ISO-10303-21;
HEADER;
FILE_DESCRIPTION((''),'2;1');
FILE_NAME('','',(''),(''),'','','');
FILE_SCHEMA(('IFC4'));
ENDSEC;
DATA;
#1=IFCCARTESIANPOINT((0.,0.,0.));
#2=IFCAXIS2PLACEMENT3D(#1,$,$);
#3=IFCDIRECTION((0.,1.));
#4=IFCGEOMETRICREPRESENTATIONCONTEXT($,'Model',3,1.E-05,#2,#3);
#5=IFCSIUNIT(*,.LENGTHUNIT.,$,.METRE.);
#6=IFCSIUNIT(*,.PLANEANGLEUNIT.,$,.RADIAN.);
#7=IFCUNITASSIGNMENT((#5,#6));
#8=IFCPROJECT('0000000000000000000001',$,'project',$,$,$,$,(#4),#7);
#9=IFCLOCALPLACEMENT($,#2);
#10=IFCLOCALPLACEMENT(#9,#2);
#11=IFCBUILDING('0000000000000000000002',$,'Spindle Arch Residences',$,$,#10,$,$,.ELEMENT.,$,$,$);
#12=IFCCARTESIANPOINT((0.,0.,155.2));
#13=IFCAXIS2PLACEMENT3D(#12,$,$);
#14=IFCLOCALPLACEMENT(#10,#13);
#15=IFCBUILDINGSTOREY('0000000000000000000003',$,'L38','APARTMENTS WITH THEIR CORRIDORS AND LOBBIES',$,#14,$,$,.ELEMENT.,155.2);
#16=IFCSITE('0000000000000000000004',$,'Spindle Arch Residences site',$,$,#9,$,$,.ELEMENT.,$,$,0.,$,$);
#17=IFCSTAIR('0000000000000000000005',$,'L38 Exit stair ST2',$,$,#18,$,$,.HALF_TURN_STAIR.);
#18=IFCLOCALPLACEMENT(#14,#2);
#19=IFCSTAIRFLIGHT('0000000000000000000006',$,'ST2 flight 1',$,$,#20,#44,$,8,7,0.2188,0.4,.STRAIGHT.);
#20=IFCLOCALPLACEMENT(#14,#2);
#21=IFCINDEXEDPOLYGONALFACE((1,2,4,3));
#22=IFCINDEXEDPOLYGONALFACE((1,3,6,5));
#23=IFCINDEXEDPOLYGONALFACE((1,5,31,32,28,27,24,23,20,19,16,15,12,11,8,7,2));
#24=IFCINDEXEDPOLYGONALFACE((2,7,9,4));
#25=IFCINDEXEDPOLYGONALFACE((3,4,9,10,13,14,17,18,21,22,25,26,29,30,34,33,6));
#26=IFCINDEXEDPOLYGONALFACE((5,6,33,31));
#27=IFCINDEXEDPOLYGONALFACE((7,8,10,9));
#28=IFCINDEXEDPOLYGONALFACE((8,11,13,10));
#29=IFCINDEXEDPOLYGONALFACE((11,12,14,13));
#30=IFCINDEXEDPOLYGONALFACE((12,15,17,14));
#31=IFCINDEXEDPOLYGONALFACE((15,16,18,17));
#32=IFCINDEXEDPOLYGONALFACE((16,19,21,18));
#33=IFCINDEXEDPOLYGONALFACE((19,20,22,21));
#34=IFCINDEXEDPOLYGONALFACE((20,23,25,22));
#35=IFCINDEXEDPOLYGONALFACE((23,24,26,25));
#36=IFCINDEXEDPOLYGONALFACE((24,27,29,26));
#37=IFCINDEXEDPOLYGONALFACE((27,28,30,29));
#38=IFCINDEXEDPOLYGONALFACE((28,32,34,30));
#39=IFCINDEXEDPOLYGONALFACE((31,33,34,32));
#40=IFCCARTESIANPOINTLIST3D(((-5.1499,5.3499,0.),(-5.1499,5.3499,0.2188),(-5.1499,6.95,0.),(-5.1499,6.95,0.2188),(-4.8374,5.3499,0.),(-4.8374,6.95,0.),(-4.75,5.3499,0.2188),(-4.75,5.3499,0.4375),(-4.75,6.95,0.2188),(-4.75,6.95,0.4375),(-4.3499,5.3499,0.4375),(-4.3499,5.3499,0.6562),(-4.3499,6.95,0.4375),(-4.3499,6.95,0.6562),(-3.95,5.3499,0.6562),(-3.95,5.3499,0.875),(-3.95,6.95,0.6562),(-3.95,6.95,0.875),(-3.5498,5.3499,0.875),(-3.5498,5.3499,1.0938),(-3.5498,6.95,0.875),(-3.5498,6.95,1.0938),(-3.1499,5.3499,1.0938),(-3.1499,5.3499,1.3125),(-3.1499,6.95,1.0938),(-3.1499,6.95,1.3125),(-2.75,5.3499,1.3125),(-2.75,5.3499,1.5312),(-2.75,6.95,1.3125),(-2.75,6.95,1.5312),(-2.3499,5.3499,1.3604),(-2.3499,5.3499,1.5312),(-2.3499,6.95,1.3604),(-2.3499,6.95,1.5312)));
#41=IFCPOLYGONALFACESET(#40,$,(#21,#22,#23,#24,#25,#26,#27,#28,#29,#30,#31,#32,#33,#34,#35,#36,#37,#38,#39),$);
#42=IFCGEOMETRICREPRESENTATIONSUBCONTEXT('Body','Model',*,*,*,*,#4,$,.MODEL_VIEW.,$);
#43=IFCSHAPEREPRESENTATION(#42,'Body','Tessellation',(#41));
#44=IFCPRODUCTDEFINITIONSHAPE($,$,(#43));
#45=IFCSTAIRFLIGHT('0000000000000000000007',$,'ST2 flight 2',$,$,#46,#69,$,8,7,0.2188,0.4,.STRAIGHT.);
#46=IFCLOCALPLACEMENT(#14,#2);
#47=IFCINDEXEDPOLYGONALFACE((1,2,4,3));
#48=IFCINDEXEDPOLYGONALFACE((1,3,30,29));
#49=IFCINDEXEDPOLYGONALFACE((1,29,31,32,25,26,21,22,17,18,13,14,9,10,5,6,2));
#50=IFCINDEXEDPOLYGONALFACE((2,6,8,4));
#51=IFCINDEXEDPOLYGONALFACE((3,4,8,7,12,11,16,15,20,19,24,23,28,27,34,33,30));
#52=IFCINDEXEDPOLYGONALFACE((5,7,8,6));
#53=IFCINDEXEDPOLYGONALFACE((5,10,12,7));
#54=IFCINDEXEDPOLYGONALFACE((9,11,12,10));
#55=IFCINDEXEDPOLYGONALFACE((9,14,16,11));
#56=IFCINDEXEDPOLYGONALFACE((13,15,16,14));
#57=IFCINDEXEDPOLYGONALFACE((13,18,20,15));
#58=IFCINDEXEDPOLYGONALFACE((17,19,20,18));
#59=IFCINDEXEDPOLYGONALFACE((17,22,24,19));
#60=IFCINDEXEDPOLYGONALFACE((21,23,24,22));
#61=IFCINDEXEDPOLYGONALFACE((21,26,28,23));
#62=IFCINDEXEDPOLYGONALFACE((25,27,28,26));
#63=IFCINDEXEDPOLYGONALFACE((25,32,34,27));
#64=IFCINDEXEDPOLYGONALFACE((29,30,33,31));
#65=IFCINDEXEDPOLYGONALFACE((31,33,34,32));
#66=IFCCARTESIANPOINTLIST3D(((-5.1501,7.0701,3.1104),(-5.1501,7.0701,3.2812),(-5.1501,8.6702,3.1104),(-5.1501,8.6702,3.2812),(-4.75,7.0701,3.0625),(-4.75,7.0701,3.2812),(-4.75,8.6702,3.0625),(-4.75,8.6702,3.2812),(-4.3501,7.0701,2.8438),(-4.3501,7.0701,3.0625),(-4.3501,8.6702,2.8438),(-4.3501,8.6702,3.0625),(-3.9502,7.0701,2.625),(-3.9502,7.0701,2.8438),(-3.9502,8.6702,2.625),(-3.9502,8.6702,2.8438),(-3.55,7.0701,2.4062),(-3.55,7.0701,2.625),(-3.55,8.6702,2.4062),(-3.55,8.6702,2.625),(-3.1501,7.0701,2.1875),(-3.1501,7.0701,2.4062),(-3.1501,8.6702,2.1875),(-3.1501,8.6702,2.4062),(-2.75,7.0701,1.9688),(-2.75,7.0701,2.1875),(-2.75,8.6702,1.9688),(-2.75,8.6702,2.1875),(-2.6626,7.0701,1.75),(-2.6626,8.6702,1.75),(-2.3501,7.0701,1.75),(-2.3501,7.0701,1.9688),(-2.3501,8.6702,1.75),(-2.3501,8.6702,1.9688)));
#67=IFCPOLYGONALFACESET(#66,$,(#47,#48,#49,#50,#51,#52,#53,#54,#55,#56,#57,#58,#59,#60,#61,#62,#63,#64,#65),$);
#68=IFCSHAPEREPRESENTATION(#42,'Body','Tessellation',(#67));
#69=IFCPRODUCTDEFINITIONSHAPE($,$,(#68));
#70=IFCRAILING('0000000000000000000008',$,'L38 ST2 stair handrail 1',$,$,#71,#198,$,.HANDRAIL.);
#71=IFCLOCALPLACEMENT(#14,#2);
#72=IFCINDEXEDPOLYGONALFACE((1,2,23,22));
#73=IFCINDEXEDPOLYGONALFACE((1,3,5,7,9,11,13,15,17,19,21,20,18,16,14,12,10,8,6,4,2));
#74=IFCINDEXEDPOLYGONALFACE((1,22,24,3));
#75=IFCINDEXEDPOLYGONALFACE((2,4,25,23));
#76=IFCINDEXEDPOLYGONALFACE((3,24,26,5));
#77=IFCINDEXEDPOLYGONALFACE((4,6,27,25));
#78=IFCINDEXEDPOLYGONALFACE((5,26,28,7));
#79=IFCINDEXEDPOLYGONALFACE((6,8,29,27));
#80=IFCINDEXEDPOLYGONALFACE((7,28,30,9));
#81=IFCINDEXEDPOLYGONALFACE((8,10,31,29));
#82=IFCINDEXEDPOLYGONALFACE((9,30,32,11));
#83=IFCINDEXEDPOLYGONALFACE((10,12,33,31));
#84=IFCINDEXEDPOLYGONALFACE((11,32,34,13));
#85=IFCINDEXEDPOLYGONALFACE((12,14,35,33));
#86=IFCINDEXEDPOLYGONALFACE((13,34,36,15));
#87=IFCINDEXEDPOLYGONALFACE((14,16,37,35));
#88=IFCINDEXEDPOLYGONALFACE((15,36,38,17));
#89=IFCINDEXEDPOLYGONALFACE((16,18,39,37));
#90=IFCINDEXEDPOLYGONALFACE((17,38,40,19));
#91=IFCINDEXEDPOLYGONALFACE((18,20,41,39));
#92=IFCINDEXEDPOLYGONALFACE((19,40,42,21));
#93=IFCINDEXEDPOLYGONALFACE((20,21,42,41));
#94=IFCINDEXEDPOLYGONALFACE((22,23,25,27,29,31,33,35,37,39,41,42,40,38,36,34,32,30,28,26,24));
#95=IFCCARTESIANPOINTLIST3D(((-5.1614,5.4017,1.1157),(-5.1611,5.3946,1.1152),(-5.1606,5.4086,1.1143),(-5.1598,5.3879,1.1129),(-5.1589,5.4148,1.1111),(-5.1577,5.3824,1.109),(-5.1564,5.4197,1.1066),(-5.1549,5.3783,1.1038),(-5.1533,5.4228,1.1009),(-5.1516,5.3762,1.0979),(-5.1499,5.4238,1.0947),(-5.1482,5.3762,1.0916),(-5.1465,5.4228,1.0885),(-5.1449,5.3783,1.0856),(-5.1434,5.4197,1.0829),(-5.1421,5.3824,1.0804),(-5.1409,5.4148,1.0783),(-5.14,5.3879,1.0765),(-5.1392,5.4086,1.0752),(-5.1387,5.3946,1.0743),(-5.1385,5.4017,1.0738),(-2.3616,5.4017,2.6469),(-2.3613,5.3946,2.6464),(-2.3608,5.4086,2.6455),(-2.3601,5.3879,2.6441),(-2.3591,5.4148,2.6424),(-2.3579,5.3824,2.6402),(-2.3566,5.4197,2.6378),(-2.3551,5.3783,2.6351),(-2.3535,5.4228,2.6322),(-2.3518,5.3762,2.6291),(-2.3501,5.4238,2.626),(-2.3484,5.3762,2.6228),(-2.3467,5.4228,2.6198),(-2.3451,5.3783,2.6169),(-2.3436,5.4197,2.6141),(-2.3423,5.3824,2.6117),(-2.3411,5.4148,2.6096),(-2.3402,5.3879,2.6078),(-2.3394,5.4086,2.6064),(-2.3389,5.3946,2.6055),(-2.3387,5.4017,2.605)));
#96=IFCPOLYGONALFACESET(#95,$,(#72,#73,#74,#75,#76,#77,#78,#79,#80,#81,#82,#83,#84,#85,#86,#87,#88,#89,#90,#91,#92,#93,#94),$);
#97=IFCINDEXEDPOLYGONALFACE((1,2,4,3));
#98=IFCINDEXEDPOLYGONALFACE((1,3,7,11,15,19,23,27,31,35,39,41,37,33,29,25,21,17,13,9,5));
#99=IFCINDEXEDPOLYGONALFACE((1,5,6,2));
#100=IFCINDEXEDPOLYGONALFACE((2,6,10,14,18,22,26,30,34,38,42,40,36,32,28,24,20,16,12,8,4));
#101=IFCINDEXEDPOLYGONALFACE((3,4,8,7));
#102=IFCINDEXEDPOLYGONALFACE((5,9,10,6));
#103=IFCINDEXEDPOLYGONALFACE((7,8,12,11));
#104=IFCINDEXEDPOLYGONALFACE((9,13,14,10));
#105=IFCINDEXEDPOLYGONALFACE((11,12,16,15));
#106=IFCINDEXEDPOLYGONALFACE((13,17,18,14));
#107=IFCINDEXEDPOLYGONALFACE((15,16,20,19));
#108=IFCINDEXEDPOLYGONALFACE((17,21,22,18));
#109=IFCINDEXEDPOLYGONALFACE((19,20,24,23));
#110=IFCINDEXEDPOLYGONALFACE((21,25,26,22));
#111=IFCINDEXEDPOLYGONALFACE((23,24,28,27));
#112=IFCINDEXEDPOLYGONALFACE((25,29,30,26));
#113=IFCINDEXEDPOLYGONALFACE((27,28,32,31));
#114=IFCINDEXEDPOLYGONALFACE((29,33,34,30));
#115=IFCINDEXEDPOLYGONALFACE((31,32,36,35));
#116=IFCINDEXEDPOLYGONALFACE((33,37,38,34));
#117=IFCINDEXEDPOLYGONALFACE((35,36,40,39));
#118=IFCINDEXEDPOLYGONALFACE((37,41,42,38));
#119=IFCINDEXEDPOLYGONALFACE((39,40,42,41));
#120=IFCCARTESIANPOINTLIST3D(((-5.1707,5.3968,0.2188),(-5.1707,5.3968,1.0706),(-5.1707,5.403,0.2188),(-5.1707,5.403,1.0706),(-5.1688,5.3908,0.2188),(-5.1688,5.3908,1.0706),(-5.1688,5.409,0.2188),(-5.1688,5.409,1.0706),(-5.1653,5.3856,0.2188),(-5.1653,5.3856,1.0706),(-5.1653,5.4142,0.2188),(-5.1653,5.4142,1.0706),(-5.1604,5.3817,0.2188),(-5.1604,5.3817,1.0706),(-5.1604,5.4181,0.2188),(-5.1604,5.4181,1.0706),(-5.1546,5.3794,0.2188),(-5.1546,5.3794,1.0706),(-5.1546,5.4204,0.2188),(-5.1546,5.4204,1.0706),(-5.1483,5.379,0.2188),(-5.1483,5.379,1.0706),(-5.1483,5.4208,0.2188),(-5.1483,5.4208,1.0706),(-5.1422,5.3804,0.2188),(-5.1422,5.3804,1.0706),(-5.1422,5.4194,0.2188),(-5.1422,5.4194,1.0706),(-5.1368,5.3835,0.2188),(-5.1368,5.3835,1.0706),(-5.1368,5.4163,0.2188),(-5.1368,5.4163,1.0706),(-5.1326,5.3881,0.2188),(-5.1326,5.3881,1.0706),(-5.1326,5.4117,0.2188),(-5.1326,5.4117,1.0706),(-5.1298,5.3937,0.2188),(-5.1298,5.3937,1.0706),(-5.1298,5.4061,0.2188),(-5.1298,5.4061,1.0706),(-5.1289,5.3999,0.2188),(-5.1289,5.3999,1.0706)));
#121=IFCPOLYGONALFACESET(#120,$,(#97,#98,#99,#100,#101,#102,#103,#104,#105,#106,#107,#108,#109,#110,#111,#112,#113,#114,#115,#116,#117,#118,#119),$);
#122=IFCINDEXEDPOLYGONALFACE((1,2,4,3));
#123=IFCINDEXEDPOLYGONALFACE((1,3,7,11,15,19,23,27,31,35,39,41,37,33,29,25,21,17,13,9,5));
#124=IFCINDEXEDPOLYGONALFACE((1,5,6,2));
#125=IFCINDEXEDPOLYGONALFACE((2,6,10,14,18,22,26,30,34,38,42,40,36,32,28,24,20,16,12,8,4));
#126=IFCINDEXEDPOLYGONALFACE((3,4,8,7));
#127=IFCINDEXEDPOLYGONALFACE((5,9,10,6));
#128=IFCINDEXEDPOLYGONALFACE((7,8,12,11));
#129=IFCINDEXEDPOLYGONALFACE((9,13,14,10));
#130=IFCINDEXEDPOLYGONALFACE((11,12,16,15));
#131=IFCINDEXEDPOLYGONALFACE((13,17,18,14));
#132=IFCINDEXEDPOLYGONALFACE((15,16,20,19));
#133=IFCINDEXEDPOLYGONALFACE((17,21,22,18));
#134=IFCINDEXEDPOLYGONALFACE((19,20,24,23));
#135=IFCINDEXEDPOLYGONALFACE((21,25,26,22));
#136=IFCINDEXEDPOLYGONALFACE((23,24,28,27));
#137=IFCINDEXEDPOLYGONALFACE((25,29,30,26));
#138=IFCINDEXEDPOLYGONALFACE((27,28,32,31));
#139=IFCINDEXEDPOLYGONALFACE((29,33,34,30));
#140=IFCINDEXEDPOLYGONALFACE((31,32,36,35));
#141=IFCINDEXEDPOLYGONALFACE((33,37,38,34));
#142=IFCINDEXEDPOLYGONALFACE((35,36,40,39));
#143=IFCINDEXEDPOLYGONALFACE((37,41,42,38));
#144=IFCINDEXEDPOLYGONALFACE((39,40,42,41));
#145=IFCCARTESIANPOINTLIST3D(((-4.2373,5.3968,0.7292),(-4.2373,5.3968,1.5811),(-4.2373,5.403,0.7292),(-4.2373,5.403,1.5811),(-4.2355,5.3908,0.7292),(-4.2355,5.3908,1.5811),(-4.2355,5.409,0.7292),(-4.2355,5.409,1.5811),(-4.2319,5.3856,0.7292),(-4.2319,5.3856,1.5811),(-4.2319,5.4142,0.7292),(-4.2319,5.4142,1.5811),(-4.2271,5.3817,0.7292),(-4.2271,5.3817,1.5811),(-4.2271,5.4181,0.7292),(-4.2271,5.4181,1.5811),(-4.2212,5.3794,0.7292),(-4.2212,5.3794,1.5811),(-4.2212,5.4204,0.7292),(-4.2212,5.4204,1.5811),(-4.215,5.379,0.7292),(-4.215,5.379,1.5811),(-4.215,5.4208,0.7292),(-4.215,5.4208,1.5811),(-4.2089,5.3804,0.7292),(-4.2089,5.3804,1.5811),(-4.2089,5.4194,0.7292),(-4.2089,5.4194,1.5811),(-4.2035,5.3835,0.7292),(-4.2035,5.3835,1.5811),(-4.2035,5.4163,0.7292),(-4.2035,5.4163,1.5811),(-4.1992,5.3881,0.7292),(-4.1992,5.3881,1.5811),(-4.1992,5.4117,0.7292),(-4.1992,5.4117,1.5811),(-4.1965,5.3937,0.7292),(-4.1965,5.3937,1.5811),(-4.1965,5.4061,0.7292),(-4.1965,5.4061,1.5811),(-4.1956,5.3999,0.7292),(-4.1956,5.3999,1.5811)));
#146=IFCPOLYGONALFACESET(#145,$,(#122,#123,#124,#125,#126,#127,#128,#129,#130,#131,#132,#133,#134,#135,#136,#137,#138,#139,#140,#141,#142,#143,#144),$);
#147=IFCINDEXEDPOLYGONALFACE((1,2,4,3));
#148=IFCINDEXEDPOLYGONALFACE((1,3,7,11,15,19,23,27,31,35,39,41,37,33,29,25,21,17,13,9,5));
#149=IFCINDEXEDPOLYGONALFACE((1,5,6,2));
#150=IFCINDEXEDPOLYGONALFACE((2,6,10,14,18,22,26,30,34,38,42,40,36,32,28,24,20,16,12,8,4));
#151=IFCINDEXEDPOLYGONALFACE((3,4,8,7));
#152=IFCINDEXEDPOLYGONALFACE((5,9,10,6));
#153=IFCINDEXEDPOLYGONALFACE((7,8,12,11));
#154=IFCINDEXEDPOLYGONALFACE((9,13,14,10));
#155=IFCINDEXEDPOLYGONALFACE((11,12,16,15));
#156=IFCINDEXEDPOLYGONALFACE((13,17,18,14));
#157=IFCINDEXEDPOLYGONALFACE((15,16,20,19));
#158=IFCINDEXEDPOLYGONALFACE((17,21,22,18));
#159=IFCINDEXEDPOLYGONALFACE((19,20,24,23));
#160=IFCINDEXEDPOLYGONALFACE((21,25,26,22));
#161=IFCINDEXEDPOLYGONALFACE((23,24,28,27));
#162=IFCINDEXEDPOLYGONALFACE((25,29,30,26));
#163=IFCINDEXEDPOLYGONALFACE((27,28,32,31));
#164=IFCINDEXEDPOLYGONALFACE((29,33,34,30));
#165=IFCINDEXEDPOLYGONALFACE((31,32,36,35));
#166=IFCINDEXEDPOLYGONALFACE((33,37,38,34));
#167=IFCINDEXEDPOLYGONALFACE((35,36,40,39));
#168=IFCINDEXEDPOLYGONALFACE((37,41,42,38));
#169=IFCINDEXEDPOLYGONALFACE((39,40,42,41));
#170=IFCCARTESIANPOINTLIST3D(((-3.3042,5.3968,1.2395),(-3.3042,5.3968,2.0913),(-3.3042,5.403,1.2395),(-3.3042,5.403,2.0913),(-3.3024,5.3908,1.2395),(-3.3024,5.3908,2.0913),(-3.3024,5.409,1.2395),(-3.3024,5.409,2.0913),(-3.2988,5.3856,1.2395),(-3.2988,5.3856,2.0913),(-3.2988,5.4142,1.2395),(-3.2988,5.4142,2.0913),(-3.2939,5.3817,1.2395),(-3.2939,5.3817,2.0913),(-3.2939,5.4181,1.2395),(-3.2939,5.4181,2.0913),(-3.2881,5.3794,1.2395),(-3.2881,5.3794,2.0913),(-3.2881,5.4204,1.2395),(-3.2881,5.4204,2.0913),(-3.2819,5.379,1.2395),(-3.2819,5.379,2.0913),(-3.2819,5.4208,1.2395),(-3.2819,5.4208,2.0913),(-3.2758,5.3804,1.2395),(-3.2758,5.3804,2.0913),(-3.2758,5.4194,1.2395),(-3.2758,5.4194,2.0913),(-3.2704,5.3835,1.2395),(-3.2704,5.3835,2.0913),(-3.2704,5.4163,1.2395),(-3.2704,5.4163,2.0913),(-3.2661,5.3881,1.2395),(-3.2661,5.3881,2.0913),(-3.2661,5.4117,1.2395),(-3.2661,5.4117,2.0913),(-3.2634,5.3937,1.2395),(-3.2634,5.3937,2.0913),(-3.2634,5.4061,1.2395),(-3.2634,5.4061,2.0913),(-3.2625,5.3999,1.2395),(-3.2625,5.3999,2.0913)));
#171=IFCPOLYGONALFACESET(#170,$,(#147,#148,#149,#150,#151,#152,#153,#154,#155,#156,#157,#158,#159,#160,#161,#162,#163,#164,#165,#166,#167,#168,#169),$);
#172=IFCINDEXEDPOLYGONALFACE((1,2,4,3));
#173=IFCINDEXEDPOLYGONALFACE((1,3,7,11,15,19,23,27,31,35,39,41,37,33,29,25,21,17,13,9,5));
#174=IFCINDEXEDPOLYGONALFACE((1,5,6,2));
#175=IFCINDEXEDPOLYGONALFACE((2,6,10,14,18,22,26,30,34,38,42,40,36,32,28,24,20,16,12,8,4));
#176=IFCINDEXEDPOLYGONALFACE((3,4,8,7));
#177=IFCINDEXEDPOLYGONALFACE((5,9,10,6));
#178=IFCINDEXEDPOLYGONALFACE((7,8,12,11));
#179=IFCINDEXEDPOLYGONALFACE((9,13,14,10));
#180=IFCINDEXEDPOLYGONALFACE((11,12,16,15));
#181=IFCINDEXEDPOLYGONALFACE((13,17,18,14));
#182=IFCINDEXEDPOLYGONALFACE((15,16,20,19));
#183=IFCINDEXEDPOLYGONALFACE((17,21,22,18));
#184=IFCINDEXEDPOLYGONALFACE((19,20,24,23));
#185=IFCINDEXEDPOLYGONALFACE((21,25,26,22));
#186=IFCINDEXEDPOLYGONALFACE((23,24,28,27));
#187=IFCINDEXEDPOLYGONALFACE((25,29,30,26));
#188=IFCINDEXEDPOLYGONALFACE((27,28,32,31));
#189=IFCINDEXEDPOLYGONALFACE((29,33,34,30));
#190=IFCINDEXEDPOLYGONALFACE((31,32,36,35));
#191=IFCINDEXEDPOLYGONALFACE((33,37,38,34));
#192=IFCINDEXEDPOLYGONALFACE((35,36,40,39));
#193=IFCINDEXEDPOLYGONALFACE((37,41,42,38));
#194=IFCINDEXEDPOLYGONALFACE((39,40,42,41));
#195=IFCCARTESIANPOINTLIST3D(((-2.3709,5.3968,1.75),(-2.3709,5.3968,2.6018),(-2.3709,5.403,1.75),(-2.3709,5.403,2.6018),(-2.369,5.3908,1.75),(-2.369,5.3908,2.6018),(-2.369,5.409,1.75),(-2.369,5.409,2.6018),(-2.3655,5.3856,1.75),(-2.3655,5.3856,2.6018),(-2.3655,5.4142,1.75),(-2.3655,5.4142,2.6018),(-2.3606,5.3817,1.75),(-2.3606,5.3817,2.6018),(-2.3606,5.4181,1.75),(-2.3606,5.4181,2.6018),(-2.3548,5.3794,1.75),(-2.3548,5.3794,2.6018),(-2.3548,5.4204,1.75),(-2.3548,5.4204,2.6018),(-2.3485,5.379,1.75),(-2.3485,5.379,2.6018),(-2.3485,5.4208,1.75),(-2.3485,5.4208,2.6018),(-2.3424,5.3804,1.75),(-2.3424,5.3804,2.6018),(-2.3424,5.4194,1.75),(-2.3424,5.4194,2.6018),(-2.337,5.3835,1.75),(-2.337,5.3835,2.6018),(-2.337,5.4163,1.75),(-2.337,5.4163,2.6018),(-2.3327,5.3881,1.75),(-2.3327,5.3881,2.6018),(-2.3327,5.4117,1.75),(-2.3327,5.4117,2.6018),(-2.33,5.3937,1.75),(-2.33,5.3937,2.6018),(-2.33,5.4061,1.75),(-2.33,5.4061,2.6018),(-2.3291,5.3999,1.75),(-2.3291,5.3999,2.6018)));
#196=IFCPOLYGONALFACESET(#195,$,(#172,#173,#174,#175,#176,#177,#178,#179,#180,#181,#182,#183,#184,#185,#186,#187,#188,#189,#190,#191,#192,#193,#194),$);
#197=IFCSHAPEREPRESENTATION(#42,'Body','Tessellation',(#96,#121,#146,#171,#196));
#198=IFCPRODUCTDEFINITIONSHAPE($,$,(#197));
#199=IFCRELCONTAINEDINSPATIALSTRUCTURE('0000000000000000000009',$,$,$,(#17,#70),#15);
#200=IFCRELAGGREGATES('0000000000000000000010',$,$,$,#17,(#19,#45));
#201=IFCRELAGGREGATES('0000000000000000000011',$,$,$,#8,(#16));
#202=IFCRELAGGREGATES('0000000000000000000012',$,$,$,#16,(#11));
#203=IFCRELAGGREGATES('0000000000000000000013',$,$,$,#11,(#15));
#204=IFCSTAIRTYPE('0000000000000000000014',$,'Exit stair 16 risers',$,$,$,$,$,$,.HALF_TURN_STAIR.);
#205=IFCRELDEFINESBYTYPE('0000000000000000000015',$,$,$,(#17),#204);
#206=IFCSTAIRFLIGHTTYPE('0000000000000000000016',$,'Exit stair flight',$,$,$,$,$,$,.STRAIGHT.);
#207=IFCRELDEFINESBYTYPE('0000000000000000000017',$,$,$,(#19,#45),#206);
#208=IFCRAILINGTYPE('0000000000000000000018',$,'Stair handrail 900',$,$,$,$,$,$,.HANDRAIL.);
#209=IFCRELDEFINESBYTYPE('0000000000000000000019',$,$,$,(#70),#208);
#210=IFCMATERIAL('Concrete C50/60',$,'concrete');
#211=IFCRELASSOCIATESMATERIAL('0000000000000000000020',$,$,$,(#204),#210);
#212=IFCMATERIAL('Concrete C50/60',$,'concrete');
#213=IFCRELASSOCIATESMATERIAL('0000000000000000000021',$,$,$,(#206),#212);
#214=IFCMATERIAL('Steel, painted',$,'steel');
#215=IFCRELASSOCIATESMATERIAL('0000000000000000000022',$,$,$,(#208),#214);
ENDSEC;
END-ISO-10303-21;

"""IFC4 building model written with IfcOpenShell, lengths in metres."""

from ifc_helpers import new_model, si_unit, direction, frame, origin, origin_2d, place, context, subcontext, project, spatial, polyline, circle, outline, extrude, material, type_object, element, aggregate, save


model = new_model("IFC4")

# Units and contexts
model_context = context("Model", 3, precision=1e-05, world=origin(), true_north=direction((0.0, 1.0)))
body_context = subcontext(model_context, "Body", "Model", "MODEL_VIEW")
ifc_project = project(units=[si_unit("LENGTHUNIT", "METRE"), si_unit("PLANEANGLEUNIT", "RADIAN")], contexts=[model_context])

# Site, building, storey
site_placement = place(None, origin())
site = spatial("IfcSite", under=ifc_project, at=site_placement, Name="Spindle Arch Residences site", CompositionType="ELEMENT", RefElevation=0.0)
building_placement = place(site_placement, origin())
building = spatial("IfcBuilding", under=site, at=building_placement, Name="Spindle Arch Residences", CompositionType="ELEMENT")
storey_placement = place(building_placement, frame((0.0, 0.0, 155.2)))
storey = spatial("IfcBuildingStorey", under=building, at=storey_placement, Name="L38", Description="APARTMENTS WITH THEIR CORRIDORS AND LOBBIES", CompositionType="ELEMENT", Elevation=155.2)

# Stair, stair flights
ifc_material_1 = material(Name="Concrete C50/60", Category="concrete")
stair_type = type_object("IfcStairType", Name="Exit stair 16 risers", PredefinedType="HALF_TURN_STAIR", material=ifc_material_1)
stair_placement = place(storey_placement, origin())
stair = element("IfcStair", 1, at=stair_placement, inside=storey, type_object=stair_type, Name="L38 Exit stair ST2", PredefinedType="HALF_TURN_STAIR")
ifc_material_2 = material(Name="Concrete C50/60", Category="concrete")
stair_flight_type = type_object("IfcStairFlightType", Name="Exit stair flight", PredefinedType="STRAIGHT", material=ifc_material_2)
stair_flight_1_placement = place(storey_placement, frame((-5.1499, 6.1499, 0.0), z_axis=(0.0, 0.0, 1.0), x_axis=(1.0, 0.0, 0.0)))
stair_flight_1 = element("IfcStairFlight", 2, at=stair_flight_1_placement, type_object=stair_flight_type, Name="ST2 flight 1", NumberOfRisers=8, NumberOfTreads=7, PredefinedType="STRAIGHT", RiserHeight=0.2188, TreadLength=0.4, context=body_context, shape_type="SweptSolid", body=[
    extrude(outline(polyline([(0.0, 0.0), (0.0, 0.2188), (0.3999, 0.2188), (0.3999, 0.4375), (0.8, 0.4375), (0.8, 0.6562), (1.2, 0.6562), (1.2, 0.875), (1.6001, 0.875), (1.6001, 1.0938), (2.0, 1.0938), (2.0, 1.3125), (2.3999, 1.3125), (2.3999, 1.5312), (2.8, 1.5312), (2.8, 1.75), (2.8, 1.3604), (0.3125, 0.0), (0.0, 0.0)])), frame((0.0, 0.8, 0.0), z_axis=(0.0, -1.0, 0.0), x_axis=(1.0, 0.0, 0.0)), (0.0, 0.0, 1.0), 1.6001),
])
stair_flight_2_placement = place(storey_placement, frame((-2.3501, 7.8701, 1.75), z_axis=(0.0, 0.0, 1.0), x_axis=(-1.0, 0.0, 0.0)))
stair_flight_2 = element("IfcStairFlight", 3, at=stair_flight_2_placement, type_object=stair_flight_type, Name="ST2 flight 2", NumberOfRisers=8, NumberOfTreads=7, PredefinedType="STRAIGHT", RiserHeight=0.2188, TreadLength=0.4, context=body_context, shape_type="SweptSolid", body=[
    extrude(outline(polyline([(0.0, 0.0), (0.0, 0.2188), (0.3999, 0.2188), (0.3999, 0.4375), (0.8, 0.4375), (0.8, 0.6562), (1.2, 0.6562), (1.2, 0.875), (1.6001, 0.875), (1.6001, 1.0938), (2.0, 1.0938), (2.0, 1.3125), (2.3999, 1.3125), (2.3999, 1.5312), (2.8, 1.5312), (2.8, 1.75), (2.8, 1.3604), (0.3125, 0.0), (0.0, 0.0)])), frame((0.0, 0.8, 0.0), z_axis=(0.0, -1.0, 0.0), x_axis=(1.0, 0.0, 0.0)), (0.0, 0.0, 1.0), 1.6001),
])
aggregate(stair, [stair_flight_1, stair_flight_2])

# Railing
ifc_material_3 = material(Name="Steel, painted", Category="steel")
railing_type_1 = type_object("IfcRailingType", Name="Stair handrail 900", PredefinedType="HANDRAIL", material=ifc_material_3)
railing_1_placement = place(storey_placement, frame((-5.1499, 5.3999, 0.2188)))
element("IfcRailing", 4, at=railing_1_placement, inside=storey, type_object=railing_type_1, Name="L38 ST2 stair handrail 1", PredefinedType="HANDRAIL", context=body_context, shape_type="SweptSolid", body=[
    extrude(circle(Radius=0.0239, at=origin_2d()), frame((0.0, 0.0, 0.876), z_axis=(0.877357, 0.0, 0.479838), x_axis=(0.0, 1.0, 0.0)), (0.0, 0.0, 1.0), 3.1912),
    extrude(circle(Radius=0.021, at=origin_2d()), origin(), (0.0, 0.0, 1.0), 0.8518),
    extrude(circle(Radius=0.021, at=origin_2d()), frame((0.9333, 0.0, 0.5105)), (0.0, 0.0, 1.0), 0.8518),
    extrude(circle(Radius=0.021, at=origin_2d()), frame((1.8665, 0.0, 1.0208)), (0.0, 0.0, 1.0), 0.8518),
    extrude(circle(Radius=0.021, at=origin_2d()), frame((2.7998, 0.0, 1.5312)), (0.0, 0.0, 1.0), 0.8518),
])

save(model, "model.ifc")
